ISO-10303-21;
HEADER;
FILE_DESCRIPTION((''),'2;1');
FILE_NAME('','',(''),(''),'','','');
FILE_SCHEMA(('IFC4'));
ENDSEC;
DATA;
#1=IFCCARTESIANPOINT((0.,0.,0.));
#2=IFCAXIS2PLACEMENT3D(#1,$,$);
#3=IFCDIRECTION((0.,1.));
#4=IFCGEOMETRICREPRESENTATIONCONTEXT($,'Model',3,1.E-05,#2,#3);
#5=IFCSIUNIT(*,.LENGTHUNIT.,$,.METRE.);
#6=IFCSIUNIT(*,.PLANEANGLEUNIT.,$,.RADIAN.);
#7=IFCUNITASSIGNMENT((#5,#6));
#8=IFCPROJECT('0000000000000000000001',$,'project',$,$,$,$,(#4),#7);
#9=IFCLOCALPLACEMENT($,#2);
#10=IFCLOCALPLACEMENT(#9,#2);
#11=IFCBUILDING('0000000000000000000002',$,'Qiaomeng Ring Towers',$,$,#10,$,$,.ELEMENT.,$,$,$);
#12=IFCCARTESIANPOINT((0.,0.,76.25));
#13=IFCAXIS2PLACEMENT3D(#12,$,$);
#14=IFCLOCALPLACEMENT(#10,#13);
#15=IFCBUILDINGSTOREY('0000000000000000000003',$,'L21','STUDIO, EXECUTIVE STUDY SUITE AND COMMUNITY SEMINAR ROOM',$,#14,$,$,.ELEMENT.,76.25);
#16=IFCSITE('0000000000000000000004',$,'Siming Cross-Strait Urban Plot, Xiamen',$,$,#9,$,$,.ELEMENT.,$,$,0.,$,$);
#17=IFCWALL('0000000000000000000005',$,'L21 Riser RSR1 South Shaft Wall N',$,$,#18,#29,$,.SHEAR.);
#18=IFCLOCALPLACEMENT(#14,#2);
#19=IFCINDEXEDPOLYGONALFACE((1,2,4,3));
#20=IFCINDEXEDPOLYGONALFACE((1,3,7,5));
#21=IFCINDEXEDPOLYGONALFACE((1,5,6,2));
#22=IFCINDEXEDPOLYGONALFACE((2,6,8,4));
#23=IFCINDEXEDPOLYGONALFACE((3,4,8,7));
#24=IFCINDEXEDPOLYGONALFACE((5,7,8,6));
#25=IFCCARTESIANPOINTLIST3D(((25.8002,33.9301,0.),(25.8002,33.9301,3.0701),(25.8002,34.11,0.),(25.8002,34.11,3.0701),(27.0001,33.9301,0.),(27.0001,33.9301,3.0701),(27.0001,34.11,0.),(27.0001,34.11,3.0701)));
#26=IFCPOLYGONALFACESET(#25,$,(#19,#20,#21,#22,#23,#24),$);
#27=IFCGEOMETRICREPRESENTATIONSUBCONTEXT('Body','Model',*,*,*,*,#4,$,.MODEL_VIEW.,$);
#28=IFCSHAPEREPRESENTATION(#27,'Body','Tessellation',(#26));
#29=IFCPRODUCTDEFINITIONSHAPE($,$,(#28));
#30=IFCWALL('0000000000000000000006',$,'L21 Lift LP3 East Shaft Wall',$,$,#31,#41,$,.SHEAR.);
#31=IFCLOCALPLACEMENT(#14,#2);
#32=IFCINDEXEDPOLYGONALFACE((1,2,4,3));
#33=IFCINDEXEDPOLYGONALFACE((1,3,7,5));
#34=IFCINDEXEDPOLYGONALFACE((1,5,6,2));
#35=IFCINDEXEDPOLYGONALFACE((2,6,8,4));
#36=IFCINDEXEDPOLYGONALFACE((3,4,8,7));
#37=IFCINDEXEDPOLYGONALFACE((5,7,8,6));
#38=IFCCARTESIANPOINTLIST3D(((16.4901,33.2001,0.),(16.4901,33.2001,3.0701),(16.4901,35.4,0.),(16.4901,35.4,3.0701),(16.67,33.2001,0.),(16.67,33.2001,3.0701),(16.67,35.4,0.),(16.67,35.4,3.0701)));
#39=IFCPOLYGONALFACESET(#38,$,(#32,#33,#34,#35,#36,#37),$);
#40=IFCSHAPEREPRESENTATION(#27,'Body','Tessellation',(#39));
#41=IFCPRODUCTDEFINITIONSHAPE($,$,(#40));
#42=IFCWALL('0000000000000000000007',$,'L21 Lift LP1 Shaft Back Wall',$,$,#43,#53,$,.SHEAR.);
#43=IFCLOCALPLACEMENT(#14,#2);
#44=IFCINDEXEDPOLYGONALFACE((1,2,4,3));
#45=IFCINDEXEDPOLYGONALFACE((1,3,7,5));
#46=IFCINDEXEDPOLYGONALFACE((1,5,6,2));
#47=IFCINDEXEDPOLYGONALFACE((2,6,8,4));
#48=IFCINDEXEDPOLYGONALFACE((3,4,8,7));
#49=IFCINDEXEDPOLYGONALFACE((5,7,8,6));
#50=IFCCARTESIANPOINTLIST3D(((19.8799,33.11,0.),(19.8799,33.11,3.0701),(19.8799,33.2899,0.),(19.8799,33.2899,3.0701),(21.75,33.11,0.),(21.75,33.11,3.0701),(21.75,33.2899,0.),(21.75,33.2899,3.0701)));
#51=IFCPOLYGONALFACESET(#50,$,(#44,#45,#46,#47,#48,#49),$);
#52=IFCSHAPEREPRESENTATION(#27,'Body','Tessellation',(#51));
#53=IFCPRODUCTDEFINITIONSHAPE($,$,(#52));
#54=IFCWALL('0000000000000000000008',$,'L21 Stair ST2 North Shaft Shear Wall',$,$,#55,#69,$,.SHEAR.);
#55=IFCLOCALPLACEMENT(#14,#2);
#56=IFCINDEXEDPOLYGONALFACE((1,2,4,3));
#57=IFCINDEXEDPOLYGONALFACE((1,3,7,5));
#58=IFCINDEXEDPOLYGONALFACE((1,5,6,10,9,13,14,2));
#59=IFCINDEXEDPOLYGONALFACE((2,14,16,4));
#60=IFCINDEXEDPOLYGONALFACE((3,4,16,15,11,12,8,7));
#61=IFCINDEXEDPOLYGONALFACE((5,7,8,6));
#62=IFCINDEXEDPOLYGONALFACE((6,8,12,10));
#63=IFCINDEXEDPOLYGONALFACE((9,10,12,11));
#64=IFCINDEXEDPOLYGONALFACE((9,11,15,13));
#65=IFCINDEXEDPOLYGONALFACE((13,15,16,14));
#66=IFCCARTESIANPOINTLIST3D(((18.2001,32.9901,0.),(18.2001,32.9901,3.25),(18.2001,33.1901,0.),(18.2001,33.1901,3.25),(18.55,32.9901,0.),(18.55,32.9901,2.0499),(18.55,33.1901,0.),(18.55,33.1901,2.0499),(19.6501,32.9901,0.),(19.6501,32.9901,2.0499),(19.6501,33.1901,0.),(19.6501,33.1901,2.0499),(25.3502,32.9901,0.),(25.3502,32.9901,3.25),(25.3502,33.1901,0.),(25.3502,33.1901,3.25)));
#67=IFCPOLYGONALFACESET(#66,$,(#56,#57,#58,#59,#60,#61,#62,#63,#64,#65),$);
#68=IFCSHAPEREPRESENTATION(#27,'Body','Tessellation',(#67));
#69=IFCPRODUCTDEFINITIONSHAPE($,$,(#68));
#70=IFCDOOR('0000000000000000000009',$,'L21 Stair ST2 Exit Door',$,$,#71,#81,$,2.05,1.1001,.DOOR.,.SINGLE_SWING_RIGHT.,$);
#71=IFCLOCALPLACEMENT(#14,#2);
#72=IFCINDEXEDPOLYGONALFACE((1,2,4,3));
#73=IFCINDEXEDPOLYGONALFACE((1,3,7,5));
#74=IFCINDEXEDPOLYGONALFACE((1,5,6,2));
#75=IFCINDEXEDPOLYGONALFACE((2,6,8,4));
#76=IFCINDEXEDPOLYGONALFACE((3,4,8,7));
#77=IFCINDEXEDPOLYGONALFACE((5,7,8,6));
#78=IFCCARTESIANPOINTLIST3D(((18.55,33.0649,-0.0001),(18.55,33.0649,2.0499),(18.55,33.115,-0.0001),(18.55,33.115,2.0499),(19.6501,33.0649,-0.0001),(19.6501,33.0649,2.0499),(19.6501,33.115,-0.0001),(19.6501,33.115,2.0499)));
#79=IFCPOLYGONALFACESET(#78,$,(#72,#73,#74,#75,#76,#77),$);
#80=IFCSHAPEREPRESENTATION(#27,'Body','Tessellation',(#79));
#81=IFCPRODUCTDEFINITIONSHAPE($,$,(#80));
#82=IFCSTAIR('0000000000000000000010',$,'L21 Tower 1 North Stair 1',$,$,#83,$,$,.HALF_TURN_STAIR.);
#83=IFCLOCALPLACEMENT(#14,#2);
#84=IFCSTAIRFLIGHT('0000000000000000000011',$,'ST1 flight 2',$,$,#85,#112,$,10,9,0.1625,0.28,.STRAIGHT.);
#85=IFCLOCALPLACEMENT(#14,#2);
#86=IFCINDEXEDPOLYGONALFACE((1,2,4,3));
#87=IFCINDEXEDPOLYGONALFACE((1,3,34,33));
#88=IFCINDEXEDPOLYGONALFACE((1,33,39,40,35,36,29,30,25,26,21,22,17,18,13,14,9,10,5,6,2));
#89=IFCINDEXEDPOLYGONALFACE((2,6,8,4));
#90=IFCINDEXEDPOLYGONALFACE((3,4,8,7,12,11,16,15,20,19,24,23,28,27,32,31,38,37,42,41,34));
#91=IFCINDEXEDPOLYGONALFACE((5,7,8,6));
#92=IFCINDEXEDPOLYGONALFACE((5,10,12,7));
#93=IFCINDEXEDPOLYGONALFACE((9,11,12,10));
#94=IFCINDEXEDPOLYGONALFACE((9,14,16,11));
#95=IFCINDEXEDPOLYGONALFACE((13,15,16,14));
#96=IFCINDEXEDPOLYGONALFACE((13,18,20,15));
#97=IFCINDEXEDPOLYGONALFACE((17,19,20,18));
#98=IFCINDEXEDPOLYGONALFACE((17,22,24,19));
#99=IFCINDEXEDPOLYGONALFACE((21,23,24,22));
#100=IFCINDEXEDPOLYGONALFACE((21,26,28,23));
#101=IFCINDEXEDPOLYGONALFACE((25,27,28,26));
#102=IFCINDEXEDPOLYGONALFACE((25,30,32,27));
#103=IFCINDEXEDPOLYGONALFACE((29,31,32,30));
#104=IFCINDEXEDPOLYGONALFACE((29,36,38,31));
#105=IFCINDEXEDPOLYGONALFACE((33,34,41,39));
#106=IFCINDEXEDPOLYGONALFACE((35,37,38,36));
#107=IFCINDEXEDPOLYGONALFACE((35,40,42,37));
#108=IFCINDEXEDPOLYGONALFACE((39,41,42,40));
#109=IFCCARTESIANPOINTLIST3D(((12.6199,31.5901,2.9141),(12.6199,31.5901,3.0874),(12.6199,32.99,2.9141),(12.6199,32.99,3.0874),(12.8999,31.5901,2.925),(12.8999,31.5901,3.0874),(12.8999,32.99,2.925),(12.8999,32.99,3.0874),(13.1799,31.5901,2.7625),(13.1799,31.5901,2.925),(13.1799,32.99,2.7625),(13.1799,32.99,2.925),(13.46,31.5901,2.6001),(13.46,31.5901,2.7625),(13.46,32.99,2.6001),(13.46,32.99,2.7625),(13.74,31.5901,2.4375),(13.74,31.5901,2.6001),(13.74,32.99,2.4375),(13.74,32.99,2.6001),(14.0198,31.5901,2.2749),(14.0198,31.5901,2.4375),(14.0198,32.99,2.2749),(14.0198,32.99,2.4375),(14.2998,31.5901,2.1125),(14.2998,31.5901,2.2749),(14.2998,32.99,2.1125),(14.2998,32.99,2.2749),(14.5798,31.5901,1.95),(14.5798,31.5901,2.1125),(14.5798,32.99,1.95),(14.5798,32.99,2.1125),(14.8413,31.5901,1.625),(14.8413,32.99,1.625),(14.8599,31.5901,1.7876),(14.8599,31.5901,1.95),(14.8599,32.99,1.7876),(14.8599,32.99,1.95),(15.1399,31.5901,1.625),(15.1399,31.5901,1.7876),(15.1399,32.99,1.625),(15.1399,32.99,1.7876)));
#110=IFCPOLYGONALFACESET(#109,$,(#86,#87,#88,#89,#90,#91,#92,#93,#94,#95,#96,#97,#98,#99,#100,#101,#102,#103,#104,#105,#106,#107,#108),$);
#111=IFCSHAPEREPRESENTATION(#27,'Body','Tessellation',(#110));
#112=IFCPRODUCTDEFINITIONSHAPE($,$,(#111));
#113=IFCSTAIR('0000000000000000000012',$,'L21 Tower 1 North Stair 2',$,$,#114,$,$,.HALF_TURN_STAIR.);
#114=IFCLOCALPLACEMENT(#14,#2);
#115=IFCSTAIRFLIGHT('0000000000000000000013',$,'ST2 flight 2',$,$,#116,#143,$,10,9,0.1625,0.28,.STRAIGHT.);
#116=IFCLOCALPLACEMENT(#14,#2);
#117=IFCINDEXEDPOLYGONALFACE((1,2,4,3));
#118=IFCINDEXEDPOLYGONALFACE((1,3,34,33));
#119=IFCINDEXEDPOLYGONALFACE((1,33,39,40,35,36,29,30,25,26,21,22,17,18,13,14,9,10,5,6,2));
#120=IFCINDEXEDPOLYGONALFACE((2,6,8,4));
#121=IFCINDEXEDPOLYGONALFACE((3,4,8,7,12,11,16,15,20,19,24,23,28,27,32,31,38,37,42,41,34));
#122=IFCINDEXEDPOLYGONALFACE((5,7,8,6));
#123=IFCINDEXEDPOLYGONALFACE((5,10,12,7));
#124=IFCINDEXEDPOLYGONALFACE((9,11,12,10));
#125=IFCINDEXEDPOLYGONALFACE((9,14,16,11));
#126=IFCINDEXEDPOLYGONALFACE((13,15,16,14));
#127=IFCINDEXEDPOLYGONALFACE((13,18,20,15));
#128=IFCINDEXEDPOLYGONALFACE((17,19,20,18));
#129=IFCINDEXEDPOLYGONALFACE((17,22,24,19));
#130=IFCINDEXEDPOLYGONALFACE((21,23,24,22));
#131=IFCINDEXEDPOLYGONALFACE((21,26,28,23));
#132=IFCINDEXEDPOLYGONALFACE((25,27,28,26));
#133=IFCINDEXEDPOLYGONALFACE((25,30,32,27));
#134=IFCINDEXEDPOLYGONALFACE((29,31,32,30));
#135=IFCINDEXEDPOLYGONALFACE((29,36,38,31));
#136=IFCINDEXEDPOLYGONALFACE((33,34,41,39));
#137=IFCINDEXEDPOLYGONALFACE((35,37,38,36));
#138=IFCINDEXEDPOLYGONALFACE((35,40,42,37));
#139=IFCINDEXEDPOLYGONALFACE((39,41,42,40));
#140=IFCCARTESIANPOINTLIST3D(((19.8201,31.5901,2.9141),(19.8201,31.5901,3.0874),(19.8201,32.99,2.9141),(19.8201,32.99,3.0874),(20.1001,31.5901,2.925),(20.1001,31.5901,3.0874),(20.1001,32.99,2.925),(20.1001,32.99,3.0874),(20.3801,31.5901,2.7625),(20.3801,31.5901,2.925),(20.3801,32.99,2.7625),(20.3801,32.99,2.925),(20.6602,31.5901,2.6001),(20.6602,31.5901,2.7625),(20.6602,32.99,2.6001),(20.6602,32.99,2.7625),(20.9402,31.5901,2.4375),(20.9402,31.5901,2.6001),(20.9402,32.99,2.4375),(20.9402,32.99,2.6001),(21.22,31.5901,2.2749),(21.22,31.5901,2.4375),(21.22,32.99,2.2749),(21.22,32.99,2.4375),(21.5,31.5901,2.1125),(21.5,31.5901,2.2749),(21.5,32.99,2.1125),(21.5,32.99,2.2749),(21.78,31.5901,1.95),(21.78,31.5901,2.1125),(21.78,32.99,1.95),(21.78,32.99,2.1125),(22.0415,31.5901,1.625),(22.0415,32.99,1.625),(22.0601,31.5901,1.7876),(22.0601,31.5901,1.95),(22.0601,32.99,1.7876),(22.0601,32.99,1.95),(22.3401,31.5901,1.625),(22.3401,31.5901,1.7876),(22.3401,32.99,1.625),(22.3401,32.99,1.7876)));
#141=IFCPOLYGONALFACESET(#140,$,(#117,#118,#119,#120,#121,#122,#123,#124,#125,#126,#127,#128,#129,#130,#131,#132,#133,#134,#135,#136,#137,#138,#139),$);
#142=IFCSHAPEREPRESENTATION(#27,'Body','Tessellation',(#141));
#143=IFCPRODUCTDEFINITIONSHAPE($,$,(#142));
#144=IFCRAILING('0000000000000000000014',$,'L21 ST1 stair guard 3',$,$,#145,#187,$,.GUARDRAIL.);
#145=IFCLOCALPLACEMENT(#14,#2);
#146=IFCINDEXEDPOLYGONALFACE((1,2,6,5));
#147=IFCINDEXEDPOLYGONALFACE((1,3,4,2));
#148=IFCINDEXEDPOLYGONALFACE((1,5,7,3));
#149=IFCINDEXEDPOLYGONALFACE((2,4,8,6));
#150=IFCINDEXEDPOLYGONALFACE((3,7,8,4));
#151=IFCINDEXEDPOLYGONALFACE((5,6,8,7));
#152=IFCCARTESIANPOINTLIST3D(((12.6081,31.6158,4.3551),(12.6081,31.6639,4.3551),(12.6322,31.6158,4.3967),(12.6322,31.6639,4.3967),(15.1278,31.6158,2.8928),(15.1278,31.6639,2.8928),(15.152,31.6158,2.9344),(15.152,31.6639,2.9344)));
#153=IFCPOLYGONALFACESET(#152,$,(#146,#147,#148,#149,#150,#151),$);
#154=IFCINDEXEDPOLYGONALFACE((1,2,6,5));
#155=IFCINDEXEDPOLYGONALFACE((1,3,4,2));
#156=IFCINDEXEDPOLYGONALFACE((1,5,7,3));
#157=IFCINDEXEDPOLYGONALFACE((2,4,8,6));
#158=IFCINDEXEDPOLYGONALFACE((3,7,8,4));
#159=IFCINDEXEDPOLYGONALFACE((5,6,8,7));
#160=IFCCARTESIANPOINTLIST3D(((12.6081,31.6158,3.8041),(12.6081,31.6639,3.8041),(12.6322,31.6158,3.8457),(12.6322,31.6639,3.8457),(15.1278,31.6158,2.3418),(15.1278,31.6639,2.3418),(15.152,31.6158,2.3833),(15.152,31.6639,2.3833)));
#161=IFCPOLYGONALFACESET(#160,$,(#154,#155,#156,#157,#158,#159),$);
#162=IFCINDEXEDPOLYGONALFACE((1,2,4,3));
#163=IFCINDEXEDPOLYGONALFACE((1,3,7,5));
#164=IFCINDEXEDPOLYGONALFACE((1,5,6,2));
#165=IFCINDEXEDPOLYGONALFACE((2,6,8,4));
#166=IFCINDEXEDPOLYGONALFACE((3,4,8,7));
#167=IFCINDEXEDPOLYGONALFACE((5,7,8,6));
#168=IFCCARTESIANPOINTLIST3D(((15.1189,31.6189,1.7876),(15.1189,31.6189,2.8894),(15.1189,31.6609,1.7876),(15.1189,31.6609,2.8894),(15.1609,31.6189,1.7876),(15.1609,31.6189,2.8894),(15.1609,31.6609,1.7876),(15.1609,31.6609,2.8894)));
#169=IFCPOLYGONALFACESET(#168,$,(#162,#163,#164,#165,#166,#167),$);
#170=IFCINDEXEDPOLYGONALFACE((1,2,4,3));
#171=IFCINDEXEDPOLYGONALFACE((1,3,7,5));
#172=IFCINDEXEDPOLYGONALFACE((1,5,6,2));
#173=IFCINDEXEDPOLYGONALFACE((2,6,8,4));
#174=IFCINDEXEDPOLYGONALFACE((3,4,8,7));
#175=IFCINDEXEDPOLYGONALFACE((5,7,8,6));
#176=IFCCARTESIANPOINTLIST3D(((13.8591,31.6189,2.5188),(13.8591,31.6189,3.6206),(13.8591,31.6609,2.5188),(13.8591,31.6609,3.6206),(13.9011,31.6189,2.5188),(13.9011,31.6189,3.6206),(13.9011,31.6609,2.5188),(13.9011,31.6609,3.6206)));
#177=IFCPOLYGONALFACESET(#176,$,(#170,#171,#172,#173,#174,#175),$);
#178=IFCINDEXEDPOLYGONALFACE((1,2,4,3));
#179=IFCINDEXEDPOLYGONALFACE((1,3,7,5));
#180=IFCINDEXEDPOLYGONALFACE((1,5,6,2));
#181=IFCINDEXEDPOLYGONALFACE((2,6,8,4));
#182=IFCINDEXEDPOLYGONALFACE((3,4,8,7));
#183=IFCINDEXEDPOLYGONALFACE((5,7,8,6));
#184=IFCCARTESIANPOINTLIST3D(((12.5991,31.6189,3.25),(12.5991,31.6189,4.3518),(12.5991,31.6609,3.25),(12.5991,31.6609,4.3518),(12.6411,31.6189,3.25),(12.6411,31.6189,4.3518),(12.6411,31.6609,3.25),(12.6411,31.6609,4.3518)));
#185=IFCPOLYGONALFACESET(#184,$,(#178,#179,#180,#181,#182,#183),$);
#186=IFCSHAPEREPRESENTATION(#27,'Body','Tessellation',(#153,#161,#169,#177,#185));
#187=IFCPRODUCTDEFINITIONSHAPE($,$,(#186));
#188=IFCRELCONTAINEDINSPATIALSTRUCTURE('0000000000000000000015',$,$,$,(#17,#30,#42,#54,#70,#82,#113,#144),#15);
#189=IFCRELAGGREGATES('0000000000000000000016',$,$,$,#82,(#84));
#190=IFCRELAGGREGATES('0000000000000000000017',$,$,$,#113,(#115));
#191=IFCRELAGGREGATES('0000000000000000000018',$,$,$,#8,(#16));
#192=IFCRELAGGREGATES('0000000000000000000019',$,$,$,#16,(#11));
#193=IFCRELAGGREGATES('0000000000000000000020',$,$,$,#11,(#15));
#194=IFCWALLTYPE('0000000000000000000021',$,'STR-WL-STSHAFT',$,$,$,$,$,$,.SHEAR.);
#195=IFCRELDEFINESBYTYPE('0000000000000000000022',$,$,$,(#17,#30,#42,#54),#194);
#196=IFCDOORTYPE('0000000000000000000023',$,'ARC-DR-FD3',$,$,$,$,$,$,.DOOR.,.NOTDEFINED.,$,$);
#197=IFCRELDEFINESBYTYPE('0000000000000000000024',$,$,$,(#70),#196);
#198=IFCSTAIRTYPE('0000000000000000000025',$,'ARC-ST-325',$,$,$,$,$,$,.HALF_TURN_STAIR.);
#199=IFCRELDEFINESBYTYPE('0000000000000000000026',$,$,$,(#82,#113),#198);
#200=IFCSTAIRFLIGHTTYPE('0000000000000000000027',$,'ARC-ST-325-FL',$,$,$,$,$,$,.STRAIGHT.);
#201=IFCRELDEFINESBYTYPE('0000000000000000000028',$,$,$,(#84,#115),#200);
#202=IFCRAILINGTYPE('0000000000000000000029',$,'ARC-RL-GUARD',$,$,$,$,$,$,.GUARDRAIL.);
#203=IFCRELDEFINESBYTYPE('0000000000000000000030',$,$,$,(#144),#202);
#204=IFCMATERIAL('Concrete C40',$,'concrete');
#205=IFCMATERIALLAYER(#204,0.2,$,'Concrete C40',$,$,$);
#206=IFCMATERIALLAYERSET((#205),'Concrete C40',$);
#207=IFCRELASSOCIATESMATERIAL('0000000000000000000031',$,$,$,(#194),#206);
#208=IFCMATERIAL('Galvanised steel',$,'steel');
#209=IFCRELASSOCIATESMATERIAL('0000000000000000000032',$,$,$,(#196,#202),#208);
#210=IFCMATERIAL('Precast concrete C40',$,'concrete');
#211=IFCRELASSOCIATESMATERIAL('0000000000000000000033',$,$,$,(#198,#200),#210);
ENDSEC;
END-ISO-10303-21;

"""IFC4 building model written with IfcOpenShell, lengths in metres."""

from ifc_helpers import new_model, si_unit, direction, frame, frame_2d, origin, origin_2d, place, context, subcontext, project, spatial, polyline, rectangle, outline, extrude, source, transform, mapped, material, layer, layer_set, type_object, element, fill, aggregate, save


model = new_model("IFC4")

# Units and contexts
model_context = context("Model", 3, precision=1e-05, world=origin(), true_north=direction((0.0, 1.0)))
body_context = subcontext(model_context, "Body", "Model", "MODEL_VIEW")
ifc_project = project(units=[si_unit("LENGTHUNIT", "METRE"), si_unit("PLANEANGLEUNIT", "RADIAN")], contexts=[model_context])

# Site, building, storey
site_placement = place(None, origin())
site = spatial("IfcSite", under=ifc_project, at=site_placement, Name="Siming Cross-Strait Urban Plot, Xiamen", CompositionType="ELEMENT", RefElevation=0.0)
building_placement = place(site_placement, origin())
building = spatial("IfcBuilding", under=site, at=building_placement, Name="Qiaomeng Ring Towers", CompositionType="ELEMENT")
storey_placement = place(building_placement, frame((0.0, 0.0, 76.25)))
storey = spatial("IfcBuildingStorey", under=building, at=storey_placement, Name="L21", Description="STUDIO, EXECUTIVE STUDY SUITE AND COMMUNITY SEMINAR ROOM", CompositionType="ELEMENT", Elevation=76.25)

# Walls
ifc_material_1 = material(Name="Concrete C40", Category="concrete")
ifc_layer_1 = layer(ifc_material_1, 0.2, Name="Concrete C40")
ifc_layer_set_1 = layer_set([ifc_layer_1], Name="Concrete C40")
wall_type_1 = type_object("IfcWallType", Name="STR-WL-STSHAFT", PredefinedType="SHEAR", material=ifc_layer_set_1)
for number, where, z_axis, x_axis, name in (
    (1, (25.8, 34.02, 0.0), (0.0, 0.0, 1.0), (1.0, 0.0, 0.0), "L21 Riser RSR1 South Shaft Wall N"),
):
    element("IfcWall", number, at=place(storey_placement, frame(where, z_axis=z_axis, x_axis=x_axis)), inside=storey, type_object=wall_type_1, Name=name, PredefinedType="SHEAR", context=body_context, shape_type="SweptSolid", body=[
        extrude(rectangle(XDim=1.2, YDim=0.1799, at=frame_2d((0.6001, 0.0))), origin(), (0.0, 0.0, 1.0), 3.0701),
    ])
wall_1_placement = place(storey_placement, frame((16.5801, 33.2, 0.0), z_axis=(0.0, 0.0, 1.0), x_axis=(0.0, 1.0, 0.0)))
element("IfcWall", 2, at=wall_1_placement, inside=storey, type_object=wall_type_1, Name="L21 Lift LP3 East Shaft Wall", PredefinedType="SHEAR", context=body_context, shape_type="SweptSolid", body=[
    extrude(rectangle(XDim=2.2, YDim=0.1799, at=frame_2d((1.1001, 0.0))), origin(), (0.0, 0.0, 1.0), 3.0701),
])
wall_2_placement = place(storey_placement, frame((19.8799, 33.2, 0.0), z_axis=(0.0, 0.0, 1.0), x_axis=(1.0, 0.0, 0.0)))
element("IfcWall", 3, at=wall_2_placement, inside=storey, type_object=wall_type_1, Name="L21 Lift LP1 Shaft Back Wall", PredefinedType="SHEAR", context=body_context, shape_type="SweptSolid", body=[
    extrude(rectangle(XDim=1.8701, YDim=0.1799, at=frame_2d((0.9351, 0.0))), origin(), (0.0, 0.0, 1.0), 3.0701),
])

# Wall, opening, door
wall_3_placement = place(storey_placement, frame((18.2, 33.0901, 0.0), z_axis=(0.0, 0.0, 1.0), x_axis=(1.0, 0.0, 0.0)))
wall_3 = element("IfcWall", 4, at=wall_3_placement, inside=storey, type_object=wall_type_1, Name="L21 Stair ST2 North Shaft Shear Wall", PredefinedType="SHEAR", context=body_context, shape_type="SweptSolid", body=[
    extrude(rectangle(XDim=7.1501, YDim=0.2, at=frame_2d((3.5752, 0.0))), origin(), (0.0, 0.0, 1.0), 3.25),
])
opening_placement = place(wall_3_placement, frame((0.3501, 0.0, 0.0)))
opening = element("IfcOpeningElement", 5, at=opening_placement, cuts=wall_3, PredefinedType="OPENING", context=body_context, shape_type="SweptSolid", body=[
    extrude(rectangle(XDim=1.1001, YDim=2.05, at=frame_2d((0.55, 1.0249))), frame((0.0, 0.1099, 0.0), z_axis=(0.0, -1.0, 0.0), x_axis=(1.0, 0.0, 0.0)), (0.0, 0.0, 1.0), 0.22),
])
ifc_material_2 = material(Name="Galvanised steel", Category="steel")
door_type = type_object("IfcDoorType", Name="ARC-DR-FD3", OperationType="NOTDEFINED", PredefinedType="DOOR", material=ifc_material_2)
shared_shape_1 = source(origin(), body_context, "Body", "SweptSolid", [
    extrude(rectangle(XDim=1.1001, YDim=2.05, at=frame_2d((0.55, 1.0249))), frame((0.0, 0.0249, 0.0), z_axis=(0.0, -1.0, 0.0), x_axis=(1.0, 0.0, 0.0)), (0.0, 0.0, 1.0), 0.05),
])
door_placement = place(opening_placement, origin())
door = element("IfcDoor", 6, at=door_placement, inside=storey, type_object=door_type, Name="L21 Stair ST2 Exit Door", OperationType="SINGLE_SWING_RIGHT", OverallHeight=2.05, OverallWidth=1.1001, PredefinedType="DOOR", context=body_context, shape_type="MappedRepresentation", body=[
    mapped(shared_shape_1, transform((0.0, 0.0, 0.0), x_axis=(1.0, 0.0, 0.0), y_axis=(0.0, 1.0, 0.0), z_axis=(0.0, 0.0, 1.0), scale=1.0)),
])
fill(opening, door)

# Stairs, stair flights
ifc_material_3 = material(Name="Precast concrete C40", Category="concrete")
stair_type = type_object("IfcStairType", Name="ARC-ST-325", PredefinedType="HALF_TURN_STAIR", material=ifc_material_3)
stair_1_placement = place(storey_placement, origin())
stair_1 = element("IfcStair", 7, at=stair_1_placement, inside=storey, type_object=stair_type, Name="L21 Tower 1 North Stair 1", PredefinedType="HALF_TURN_STAIR")
stair_flight_type = type_object("IfcStairFlightType", Name="ARC-ST-325-FL", PredefinedType="STRAIGHT", material=ifc_material_3)
shared_shape_2 = source(origin(), body_context, "Body", "SweptSolid", [
    extrude(outline(polyline([(0.0, 0.0), (0.0, 0.1626), (0.28, 0.1626), (0.28, 0.325), (0.5601, 0.325), (0.5601, 0.4875), (0.8401, 0.4875), (0.8401, 0.6499), (1.1201, 0.6499), (1.1201, 0.8125), (1.3999, 0.8125), (1.3999, 0.9751), (1.6799, 0.9751), (1.6799, 1.1375), (1.96, 1.1375), (1.96, 1.3), (2.24, 1.3), (2.24, 1.4624), (2.52, 1.4624), (2.52, 1.625), (2.52, 1.2891), (0.2986, 0.0), (0.0, 0.0)])), frame((0.0, 0.7, 0.0), z_axis=(0.0, -1.0, 0.0), x_axis=(1.0, 0.0, 0.0)), (0.0, 0.0, 1.0), 1.3999),
])
stair_flight_1_placement = place(storey_placement, frame((15.1399, 32.29, 1.625), z_axis=(0.0, 0.0, 1.0), x_axis=(-1.0, 0.0, 0.0)))
stair_flight_1 = element("IfcStairFlight", 8, at=stair_flight_1_placement, type_object=stair_flight_type, Name="ST1 flight 2", NumberOfRisers=10, NumberOfTreads=9, PredefinedType="STRAIGHT", RiserHeight=0.1625, TreadLength=0.28, context=body_context, shape_type="MappedRepresentation", body=[
    mapped(shared_shape_2, transform((0.0, 0.0, 0.0), x_axis=(1.0, 0.0, 0.0), y_axis=(0.0, 1.0, 0.0), z_axis=(0.0, 0.0, 1.0), scale=1.0)),
])
aggregate(stair_1, [stair_flight_1])
stair_2_placement = place(storey_placement, origin())
stair_2 = element("IfcStair", 9, at=stair_2_placement, inside=storey, type_object=stair_type, Name="L21 Tower 1 North Stair 2", PredefinedType="HALF_TURN_STAIR")
stair_flight_2_placement = place(storey_placement, frame((22.3401, 32.29, 1.625), z_axis=(0.0, 0.0, 1.0), x_axis=(-1.0, 0.0, 0.0)))
stair_flight_2 = element("IfcStairFlight", 10, at=stair_flight_2_placement, type_object=stair_flight_type, Name="ST2 flight 2", NumberOfRisers=10, NumberOfTreads=9, PredefinedType="STRAIGHT", RiserHeight=0.1625, TreadLength=0.28, context=body_context, shape_type="MappedRepresentation", body=[
    mapped(shared_shape_2, transform((0.0, 0.0, 0.0), x_axis=(1.0, 0.0, 0.0), y_axis=(0.0, 1.0, 0.0), z_axis=(0.0, 0.0, 1.0), scale=1.0)),
])
aggregate(stair_2, [stair_flight_2])

# Railing
railing_type_1 = type_object("IfcRailingType", Name="ARC-RL-GUARD", PredefinedType="GUARDRAIL", material=ifc_material_2)
railing_1_placement = place(storey_placement, frame((15.1399, 31.6399, 1.7876)))
element("IfcRailing", 11, at=railing_1_placement, inside=storey, type_object=railing_type_1, Name="L21 ST1 stair guard 3", PredefinedType="GUARDRAIL", context=body_context, shape_type="SweptSolid", body=[
    extrude(rectangle(XDim=0.0481, YDim=0.0481, at=origin_2d()), frame((0.0, 0.0, 1.126), z_axis=(-0.864892, 0.0, 0.501958), x_axis=(0.0, -1.0, 0.0)), (0.0, 0.0, 1.0), 2.9133),
    extrude(rectangle(XDim=0.0481, YDim=0.0481, at=origin_2d()), frame((0.0, 0.0, 0.575), z_axis=(-0.864892, 0.0, 0.501958), x_axis=(0.0, -1.0, 0.0)), (0.0, 0.0, 1.0), 2.9133),
    extrude(rectangle(XDim=0.042, YDim=0.042, at=origin_2d()), origin(), (0.0, 0.0, 1.0), 1.1018),
    extrude(rectangle(XDim=0.042, YDim=0.042, at=origin_2d()), frame((-1.2598, 0.0, 0.7312)), (0.0, 0.0, 1.0), 1.1018),
    extrude(rectangle(XDim=0.042, YDim=0.042, at=origin_2d()), frame((-2.5198, 0.0, 1.4624)), (0.0, 0.0, 1.0), 1.1018),
])

save(model, "model.ifc")
